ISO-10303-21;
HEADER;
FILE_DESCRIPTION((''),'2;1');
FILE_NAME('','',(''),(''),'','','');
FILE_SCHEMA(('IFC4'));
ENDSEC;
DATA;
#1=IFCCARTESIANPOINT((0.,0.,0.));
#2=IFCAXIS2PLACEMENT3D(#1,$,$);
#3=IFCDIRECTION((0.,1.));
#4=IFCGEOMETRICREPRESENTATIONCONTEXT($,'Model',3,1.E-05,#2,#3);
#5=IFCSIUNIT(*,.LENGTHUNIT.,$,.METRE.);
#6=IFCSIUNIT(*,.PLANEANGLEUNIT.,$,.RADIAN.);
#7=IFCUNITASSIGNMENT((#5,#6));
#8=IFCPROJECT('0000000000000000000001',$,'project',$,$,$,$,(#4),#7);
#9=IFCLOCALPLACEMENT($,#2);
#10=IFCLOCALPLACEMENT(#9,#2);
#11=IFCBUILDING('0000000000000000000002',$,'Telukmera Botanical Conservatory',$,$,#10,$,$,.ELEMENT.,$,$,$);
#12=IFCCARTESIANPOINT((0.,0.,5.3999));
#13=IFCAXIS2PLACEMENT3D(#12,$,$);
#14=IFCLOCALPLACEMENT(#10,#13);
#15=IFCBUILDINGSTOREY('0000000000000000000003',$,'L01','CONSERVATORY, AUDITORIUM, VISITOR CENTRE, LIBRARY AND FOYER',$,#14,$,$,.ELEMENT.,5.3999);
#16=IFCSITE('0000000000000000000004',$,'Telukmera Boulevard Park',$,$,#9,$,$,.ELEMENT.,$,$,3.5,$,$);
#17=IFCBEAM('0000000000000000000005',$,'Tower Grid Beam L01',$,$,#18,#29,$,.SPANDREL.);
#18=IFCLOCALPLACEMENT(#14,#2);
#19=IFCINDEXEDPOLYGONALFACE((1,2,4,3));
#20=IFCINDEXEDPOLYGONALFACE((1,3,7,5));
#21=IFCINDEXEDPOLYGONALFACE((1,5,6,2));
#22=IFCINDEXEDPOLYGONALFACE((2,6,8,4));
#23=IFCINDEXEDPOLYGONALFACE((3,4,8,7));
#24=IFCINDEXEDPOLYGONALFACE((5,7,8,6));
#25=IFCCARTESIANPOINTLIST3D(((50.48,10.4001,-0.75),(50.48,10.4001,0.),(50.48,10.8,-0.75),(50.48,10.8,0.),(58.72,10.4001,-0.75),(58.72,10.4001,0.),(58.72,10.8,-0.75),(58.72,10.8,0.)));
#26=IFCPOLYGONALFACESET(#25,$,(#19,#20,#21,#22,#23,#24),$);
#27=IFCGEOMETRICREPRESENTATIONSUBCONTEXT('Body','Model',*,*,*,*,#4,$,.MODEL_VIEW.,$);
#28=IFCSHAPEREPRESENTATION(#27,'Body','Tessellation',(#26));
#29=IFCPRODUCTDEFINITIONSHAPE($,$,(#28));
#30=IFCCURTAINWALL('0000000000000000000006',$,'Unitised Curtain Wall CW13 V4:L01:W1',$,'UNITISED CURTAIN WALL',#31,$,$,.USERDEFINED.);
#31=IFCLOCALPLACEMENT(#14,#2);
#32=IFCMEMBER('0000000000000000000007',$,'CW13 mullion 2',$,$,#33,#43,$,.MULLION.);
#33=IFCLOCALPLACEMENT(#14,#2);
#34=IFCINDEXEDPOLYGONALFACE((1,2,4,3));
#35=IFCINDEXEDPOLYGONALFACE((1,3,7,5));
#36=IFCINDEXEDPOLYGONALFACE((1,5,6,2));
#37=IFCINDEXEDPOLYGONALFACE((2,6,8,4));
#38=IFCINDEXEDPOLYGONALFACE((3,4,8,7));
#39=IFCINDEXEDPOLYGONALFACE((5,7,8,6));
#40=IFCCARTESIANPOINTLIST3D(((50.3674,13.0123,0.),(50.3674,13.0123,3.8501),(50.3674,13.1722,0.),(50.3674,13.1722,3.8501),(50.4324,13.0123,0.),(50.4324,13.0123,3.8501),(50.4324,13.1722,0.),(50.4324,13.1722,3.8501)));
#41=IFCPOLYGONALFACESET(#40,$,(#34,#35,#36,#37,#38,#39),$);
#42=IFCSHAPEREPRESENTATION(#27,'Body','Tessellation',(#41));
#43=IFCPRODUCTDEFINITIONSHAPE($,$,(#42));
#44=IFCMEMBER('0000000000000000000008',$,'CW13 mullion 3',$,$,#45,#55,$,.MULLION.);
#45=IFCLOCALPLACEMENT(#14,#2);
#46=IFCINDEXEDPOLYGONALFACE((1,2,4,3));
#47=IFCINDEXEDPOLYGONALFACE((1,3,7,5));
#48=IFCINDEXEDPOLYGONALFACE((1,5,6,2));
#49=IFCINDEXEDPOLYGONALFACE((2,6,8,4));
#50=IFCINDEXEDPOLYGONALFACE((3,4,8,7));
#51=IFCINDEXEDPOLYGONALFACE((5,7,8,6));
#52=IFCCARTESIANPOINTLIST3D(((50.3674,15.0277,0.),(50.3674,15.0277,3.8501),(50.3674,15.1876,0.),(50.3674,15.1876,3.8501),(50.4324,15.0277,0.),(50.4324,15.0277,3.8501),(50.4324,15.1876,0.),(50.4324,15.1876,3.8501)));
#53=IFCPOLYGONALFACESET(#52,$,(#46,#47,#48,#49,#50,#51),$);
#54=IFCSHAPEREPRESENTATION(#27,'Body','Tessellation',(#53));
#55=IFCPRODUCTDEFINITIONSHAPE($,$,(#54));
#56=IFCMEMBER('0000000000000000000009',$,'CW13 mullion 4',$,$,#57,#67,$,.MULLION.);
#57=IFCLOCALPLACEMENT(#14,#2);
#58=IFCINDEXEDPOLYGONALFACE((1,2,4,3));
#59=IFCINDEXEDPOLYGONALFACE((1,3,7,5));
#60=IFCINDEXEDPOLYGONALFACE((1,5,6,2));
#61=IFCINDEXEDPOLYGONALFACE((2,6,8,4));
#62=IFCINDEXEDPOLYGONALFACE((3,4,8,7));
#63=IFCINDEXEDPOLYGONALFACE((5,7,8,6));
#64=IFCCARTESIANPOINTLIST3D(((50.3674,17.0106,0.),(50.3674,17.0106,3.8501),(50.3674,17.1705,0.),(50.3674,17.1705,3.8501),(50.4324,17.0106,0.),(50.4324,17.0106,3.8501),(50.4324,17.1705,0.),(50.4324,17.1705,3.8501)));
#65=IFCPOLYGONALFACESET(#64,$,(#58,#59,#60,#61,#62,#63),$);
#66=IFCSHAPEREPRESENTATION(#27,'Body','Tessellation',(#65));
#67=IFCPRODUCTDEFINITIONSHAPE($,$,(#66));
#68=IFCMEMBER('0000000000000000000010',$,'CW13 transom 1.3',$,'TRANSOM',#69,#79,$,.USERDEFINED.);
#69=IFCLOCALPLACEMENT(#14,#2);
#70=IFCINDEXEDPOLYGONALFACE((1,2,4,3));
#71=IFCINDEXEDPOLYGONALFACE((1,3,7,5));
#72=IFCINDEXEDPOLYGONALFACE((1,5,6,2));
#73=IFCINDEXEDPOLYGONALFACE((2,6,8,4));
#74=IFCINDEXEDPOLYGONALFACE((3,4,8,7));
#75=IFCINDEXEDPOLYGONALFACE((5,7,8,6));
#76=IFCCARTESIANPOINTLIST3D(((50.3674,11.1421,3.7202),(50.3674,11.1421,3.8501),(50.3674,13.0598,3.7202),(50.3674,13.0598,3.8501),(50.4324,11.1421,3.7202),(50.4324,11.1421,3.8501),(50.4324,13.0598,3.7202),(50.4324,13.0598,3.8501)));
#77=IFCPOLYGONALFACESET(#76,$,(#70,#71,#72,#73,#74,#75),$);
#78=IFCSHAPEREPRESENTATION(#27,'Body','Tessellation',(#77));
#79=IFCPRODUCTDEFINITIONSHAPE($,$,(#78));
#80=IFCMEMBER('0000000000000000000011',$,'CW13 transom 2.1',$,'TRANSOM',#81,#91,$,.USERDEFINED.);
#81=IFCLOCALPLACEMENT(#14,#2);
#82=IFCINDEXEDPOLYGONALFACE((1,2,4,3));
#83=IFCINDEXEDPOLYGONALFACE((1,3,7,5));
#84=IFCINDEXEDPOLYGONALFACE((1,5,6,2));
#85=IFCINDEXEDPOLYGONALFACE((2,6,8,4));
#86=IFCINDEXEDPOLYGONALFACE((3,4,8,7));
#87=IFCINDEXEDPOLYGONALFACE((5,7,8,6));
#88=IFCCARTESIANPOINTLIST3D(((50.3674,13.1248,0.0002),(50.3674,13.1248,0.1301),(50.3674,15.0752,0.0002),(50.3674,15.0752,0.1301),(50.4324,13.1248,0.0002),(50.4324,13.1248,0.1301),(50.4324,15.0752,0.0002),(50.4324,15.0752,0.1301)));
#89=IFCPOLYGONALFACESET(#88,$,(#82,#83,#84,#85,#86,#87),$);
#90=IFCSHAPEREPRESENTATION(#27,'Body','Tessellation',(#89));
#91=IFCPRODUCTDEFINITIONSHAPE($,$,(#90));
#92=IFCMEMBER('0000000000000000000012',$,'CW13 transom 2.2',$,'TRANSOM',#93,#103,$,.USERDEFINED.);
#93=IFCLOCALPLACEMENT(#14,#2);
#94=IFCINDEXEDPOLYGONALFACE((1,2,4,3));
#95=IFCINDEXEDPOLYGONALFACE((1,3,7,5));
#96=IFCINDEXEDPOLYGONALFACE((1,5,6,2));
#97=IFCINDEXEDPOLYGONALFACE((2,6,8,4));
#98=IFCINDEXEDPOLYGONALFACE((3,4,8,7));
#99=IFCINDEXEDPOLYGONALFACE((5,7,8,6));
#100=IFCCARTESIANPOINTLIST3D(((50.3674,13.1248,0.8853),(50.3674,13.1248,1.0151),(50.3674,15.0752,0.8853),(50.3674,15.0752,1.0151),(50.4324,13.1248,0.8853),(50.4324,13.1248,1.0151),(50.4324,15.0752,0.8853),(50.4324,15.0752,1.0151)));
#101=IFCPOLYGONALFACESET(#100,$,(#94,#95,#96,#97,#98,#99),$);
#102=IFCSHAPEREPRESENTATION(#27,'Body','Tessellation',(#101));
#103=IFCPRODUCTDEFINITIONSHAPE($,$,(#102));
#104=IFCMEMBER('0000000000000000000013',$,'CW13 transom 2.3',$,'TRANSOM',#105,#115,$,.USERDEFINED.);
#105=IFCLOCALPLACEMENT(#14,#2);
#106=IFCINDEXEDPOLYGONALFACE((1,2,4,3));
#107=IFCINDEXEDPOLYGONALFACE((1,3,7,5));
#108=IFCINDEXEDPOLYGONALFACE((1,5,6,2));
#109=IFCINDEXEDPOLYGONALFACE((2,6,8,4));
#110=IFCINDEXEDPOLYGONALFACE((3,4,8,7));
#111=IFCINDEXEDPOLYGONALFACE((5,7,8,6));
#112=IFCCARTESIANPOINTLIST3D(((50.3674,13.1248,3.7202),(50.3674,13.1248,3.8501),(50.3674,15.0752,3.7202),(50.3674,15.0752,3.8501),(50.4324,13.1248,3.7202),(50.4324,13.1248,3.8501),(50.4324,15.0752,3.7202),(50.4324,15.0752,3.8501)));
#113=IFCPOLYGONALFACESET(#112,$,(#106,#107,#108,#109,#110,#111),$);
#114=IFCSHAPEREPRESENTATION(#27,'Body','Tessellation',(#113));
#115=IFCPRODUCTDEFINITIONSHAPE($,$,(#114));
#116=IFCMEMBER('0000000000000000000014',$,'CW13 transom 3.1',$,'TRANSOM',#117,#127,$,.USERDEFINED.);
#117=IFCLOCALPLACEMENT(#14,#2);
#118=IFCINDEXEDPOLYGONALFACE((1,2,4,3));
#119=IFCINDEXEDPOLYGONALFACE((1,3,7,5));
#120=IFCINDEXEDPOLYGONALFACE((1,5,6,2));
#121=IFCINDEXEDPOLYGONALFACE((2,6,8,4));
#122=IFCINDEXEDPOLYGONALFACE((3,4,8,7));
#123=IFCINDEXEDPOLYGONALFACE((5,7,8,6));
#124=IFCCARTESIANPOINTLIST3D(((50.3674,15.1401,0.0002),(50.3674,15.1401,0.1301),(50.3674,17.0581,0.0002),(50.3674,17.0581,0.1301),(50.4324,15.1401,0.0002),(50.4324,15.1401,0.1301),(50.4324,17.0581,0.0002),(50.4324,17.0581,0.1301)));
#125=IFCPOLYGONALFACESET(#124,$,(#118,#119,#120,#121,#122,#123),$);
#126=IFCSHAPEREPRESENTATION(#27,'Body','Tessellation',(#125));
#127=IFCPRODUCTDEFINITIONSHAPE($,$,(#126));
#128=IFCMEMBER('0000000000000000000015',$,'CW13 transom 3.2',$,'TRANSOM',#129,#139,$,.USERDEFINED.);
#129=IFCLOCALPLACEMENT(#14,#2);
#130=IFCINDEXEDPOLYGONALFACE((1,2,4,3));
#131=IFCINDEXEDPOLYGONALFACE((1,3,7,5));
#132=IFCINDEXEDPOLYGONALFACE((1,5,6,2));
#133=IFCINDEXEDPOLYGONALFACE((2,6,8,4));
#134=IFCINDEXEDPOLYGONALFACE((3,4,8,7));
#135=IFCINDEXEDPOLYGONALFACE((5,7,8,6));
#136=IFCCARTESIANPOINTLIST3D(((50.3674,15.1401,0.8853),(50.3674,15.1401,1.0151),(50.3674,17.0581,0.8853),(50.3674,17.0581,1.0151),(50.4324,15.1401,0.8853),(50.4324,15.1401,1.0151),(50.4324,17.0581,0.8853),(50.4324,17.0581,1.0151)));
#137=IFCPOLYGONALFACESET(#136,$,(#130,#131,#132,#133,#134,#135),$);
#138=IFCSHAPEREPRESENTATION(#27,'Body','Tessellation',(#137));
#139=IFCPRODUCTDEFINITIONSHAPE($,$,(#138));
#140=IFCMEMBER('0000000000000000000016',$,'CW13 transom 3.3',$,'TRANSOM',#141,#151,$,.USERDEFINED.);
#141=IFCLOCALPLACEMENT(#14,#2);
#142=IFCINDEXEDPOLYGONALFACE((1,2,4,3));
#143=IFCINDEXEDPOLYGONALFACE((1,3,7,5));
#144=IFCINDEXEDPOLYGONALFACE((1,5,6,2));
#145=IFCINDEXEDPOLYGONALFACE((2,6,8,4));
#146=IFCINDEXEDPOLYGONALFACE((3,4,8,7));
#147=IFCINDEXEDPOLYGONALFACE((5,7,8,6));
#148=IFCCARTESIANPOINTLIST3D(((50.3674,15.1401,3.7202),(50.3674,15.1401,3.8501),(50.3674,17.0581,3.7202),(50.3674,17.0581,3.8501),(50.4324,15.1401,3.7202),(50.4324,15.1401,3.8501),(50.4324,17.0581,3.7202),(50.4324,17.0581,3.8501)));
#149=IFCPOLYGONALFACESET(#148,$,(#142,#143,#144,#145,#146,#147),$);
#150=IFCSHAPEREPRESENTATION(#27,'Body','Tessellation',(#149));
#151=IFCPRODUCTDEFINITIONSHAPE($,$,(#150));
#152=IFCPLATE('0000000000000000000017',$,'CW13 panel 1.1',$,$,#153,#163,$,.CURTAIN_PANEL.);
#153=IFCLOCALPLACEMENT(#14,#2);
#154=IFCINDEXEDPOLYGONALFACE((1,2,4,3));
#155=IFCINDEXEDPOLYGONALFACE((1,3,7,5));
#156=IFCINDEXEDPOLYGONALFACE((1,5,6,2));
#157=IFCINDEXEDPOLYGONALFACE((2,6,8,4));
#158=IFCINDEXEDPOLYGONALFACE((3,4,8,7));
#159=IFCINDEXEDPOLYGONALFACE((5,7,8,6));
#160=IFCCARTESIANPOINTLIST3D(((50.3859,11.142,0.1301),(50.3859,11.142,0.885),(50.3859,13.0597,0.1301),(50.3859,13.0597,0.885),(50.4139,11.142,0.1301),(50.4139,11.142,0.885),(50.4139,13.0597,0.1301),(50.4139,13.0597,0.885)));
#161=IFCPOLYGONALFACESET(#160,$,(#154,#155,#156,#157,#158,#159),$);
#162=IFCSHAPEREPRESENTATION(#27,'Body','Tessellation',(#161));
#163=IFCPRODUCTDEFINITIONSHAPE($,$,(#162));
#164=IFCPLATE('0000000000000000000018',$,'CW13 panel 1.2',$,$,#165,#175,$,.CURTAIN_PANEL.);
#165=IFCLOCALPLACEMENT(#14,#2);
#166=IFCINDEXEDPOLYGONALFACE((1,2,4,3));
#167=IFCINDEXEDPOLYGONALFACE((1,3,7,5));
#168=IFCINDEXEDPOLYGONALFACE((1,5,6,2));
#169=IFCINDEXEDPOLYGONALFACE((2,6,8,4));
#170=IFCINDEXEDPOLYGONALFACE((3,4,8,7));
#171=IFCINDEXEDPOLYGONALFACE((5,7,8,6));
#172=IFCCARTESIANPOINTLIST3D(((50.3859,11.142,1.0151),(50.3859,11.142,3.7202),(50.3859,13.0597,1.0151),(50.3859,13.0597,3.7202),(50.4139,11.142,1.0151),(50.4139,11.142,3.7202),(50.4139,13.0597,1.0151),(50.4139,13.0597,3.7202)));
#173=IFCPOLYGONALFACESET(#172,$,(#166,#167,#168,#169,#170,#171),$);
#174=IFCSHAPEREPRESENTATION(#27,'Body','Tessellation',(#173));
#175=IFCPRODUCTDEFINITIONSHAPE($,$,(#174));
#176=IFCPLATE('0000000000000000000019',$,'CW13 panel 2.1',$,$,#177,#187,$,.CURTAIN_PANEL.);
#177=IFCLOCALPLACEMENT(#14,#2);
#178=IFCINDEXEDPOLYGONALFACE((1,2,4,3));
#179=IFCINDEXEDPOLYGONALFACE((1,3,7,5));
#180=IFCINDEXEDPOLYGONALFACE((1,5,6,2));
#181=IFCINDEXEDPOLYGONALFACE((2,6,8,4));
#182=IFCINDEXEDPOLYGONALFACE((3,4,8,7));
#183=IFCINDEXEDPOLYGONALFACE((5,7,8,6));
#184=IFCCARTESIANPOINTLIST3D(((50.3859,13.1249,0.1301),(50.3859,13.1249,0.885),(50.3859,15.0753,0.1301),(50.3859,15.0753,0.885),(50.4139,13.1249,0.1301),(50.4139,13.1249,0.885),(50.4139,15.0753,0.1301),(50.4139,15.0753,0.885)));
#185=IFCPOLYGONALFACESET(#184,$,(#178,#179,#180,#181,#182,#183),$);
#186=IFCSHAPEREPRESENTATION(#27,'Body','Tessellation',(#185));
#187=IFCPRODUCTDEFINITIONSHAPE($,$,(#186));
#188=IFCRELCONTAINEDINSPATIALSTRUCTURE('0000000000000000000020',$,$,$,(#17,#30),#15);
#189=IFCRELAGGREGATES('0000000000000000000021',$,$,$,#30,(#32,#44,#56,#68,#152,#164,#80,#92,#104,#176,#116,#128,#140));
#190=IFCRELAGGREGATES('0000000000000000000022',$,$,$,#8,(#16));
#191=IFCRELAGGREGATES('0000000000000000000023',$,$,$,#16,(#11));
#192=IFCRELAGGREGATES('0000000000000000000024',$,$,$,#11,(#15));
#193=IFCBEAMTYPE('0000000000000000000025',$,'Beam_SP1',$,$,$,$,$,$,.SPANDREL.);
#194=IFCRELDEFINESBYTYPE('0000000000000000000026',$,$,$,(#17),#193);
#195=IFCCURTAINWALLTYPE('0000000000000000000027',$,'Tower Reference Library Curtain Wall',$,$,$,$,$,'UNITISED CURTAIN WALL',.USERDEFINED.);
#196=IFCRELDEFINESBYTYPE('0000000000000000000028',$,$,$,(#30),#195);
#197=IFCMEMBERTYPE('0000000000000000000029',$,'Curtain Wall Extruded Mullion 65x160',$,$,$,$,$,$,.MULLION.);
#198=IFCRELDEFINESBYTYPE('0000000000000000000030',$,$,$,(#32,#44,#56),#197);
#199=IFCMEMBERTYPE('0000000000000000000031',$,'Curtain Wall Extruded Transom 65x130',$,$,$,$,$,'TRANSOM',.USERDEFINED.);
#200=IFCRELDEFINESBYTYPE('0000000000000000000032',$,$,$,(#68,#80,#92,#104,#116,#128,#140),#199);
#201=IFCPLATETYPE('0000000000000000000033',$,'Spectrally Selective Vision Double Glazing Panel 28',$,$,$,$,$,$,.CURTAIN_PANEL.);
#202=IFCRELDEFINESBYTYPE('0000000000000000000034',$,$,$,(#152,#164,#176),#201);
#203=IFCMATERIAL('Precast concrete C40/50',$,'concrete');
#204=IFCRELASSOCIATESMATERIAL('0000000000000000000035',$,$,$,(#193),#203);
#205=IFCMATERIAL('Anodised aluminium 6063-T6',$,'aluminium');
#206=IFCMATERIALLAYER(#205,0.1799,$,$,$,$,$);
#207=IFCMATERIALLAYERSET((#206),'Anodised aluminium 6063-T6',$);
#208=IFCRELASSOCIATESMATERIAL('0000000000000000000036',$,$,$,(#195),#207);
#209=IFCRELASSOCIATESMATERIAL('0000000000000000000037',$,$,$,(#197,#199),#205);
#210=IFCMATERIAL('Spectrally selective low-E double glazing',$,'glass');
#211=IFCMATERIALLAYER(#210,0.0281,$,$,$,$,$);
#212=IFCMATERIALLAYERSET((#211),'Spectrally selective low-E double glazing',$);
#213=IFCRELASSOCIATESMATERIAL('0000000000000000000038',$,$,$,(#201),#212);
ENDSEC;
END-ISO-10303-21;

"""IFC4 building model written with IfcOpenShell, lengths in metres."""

from ifc_helpers import new_model, si_unit, direction, frame, origin, origin_2d, place, context, subcontext, project, spatial, rectangle, extrude, material, layer, layer_set, material_profile, profile_set, type_object, element, aggregate, save


model = new_model("IFC4")

# Units and contexts
model_context = context("Model", 3, precision=1e-05, world=origin(), true_north=direction((0.0, 1.0)))
body_context = subcontext(model_context, "Body", "Model", "MODEL_VIEW")
ifc_project = project(units=[si_unit("LENGTHUNIT", "METRE"), si_unit("PLANEANGLEUNIT", "RADIAN")], contexts=[model_context])

# Site, building, storey
site_placement = place(None, origin())
site = spatial("IfcSite", under=ifc_project, at=site_placement, Name="Telukmera Boulevard Park", CompositionType="ELEMENT", RefElevation=3.5)
building_placement = place(site_placement, origin())
building = spatial("IfcBuilding", under=site, at=building_placement, Name="Telukmera Botanical Conservatory", CompositionType="ELEMENT")
storey_placement = place(building_placement, frame((0.0, 0.0, 5.3999)))
storey = spatial("IfcBuildingStorey", under=building, at=storey_placement, Name="L01", Description="CONSERVATORY, AUDITORIUM, VISITOR CENTRE, LIBRARY AND FOYER", CompositionType="ELEMENT", Elevation=5.3999)

# Beam
ifc_material_1 = material(Name="Precast concrete C40/50", Category="concrete")
ifc_material_profile_1 = material_profile(ifc_material_1, rectangle(XDim=0.3999, YDim=0.75, at=origin_2d()), Name="PC 400x750")
ifc_profile_set_1 = profile_set([ifc_material_profile_1], Name="Precast concrete C40/50")
beam_type = type_object("IfcBeamType", Name="Beam_SP1", PredefinedType="SPANDREL", material=ifc_profile_set_1)
beam_placement = place(storey_placement, frame((50.48, 10.6001, -0.375), z_axis=(1.0, 0.0, 0.0), x_axis=(0.0, 1.0, 0.0)))
element("IfcBeam", 1, at=beam_placement, inside=storey, type_object=beam_type, Name="Tower Grid Beam L01", PredefinedType="SPANDREL", context=body_context, shape_type="SweptSolid", body=[
    extrude(rectangle(XDim=0.3999, YDim=0.75, at=origin_2d()), origin(), (0.0, 0.0, 1.0), 8.24),
])

# Curtain wall, members, plates
ifc_material_2 = material(Name="Anodised aluminium 6063-T6", Category="aluminium")
ifc_layer_1 = layer(ifc_material_2, 0.1799)
ifc_layer_set_1 = layer_set([ifc_layer_1], Name="Anodised aluminium 6063-T6")
curtain_wall_type = type_object("IfcCurtainWallType", Name="Tower Reference Library Curtain Wall", ElementType="UNITISED CURTAIN WALL", PredefinedType="USERDEFINED", material=ifc_layer_set_1)
curtain_wall_placement = place(storey_placement, origin())
curtain_wall = element("IfcCurtainWall", 2, at=curtain_wall_placement, inside=storey, type_object=curtain_wall_type, Name="Unitised Curtain Wall CW13 V4:L01:W1", ObjectType="UNITISED CURTAIN WALL", PredefinedType="USERDEFINED")
ifc_material_profile_2 = material_profile(ifc_material_2, rectangle(XDim=0.0649, YDim=0.1599, at=origin_2d()), Name="ALU MULL 65x160")
ifc_profile_set_2 = profile_set([ifc_material_profile_2], Name="Anodised aluminium 6063-T6")
member_type_1 = type_object("IfcMemberType", Name="Curtain Wall Extruded Mullion 65x160", PredefinedType="MULLION", material=ifc_profile_set_2)
member_1_placement = place(storey_placement, frame((50.3999, 13.0923, 0.0), z_axis=(0.0, 0.0, 1.0), x_axis=(-1.0, 0.0, 0.0)))
member_1 = element("IfcMember", 3, at=member_1_placement, type_object=member_type_1, Name="CW13 mullion 2", PredefinedType="MULLION", context=body_context, shape_type="SweptSolid", body=[
    extrude(rectangle(XDim=0.0649, YDim=0.1599, at=origin_2d()), origin(), (0.0, 0.0, 1.0), 3.8501),
])
member_2_placement = place(storey_placement, frame((50.3999, 15.1077, 0.0), z_axis=(0.0, 0.0, 1.0), x_axis=(-1.0, 0.0, 0.0)))
member_2 = element("IfcMember", 4, at=member_2_placement, type_object=member_type_1, Name="CW13 mullion 3", PredefinedType="MULLION", context=body_context, shape_type="SweptSolid", body=[
    extrude(rectangle(XDim=0.0649, YDim=0.1599, at=origin_2d()), origin(), (0.0, 0.0, 1.0), 3.8501),
])
member_3_placement = place(storey_placement, frame((50.3999, 17.0906, 0.0), z_axis=(0.0, 0.0, 1.0), x_axis=(-1.0, 0.0, 0.0)))
member_3 = element("IfcMember", 5, at=member_3_placement, type_object=member_type_1, Name="CW13 mullion 4", PredefinedType="MULLION", context=body_context, shape_type="SweptSolid", body=[
    extrude(rectangle(XDim=0.0649, YDim=0.1599, at=origin_2d()), origin(), (0.0, 0.0, 1.0), 3.8501),
])
ifc_material_profile_3 = material_profile(ifc_material_2, rectangle(XDim=0.0649, YDim=0.1299, at=origin_2d()), Name="ALU TRAN 65x130")
ifc_profile_set_3 = profile_set([ifc_material_profile_3], Name="Anodised aluminium 6063-T6")
member_type_2 = type_object("IfcMemberType", Name="Curtain Wall Extruded Transom 65x130", ElementType="TRANSOM", PredefinedType="USERDEFINED", material=ifc_profile_set_3)
member_4_placement = place(storey_placement, frame((50.3999, 11.1421, 3.7852), z_axis=(0.0, 1.0, 0.0), x_axis=(-1.0, 0.0, 0.0)))
member_4 = element("IfcMember", 6, at=member_4_placement, type_object=member_type_2, Name="CW13 transom 1.3", ObjectType="TRANSOM", PredefinedType="USERDEFINED", context=body_context, shape_type="SweptSolid", body=[
    extrude(rectangle(XDim=0.0649, YDim=0.1299, at=origin_2d()), origin(), (0.0, 0.0, 1.0), 1.9177),
])
member_5_placement = place(storey_placement, frame((50.3999, 13.1248, 0.0652), z_axis=(0.0, 1.0, 0.0), x_axis=(-1.0, 0.0, 0.0)))
member_5 = element("IfcMember", 7, at=member_5_placement, type_object=member_type_2, Name="CW13 transom 2.1", ObjectType="TRANSOM", PredefinedType="USERDEFINED", context=body_context, shape_type="SweptSolid", body=[
    extrude(rectangle(XDim=0.0649, YDim=0.1299, at=origin_2d()), origin(), (0.0, 0.0, 1.0), 1.9504),
])
member_6_placement = place(storey_placement, frame((50.3999, 13.1248, 0.9502), z_axis=(0.0, 1.0, 0.0), x_axis=(-1.0, 0.0, 0.0)))
member_6 = element("IfcMember", 8, at=member_6_placement, type_object=member_type_2, Name="CW13 transom 2.2", ObjectType="TRANSOM", PredefinedType="USERDEFINED", context=body_context, shape_type="SweptSolid", body=[
    extrude(rectangle(XDim=0.0649, YDim=0.1299, at=origin_2d()), origin(), (0.0, 0.0, 1.0), 1.9504),
])
member_7_placement = place(storey_placement, frame((50.3999, 13.1248, 3.7852), z_axis=(0.0, 1.0, 0.0), x_axis=(-1.0, 0.0, 0.0)))
member_7 = element("IfcMember", 9, at=member_7_placement, type_object=member_type_2, Name="CW13 transom 2.3", ObjectType="TRANSOM", PredefinedType="USERDEFINED", context=body_context, shape_type="SweptSolid", body=[
    extrude(rectangle(XDim=0.0649, YDim=0.1299, at=origin_2d()), origin(), (0.0, 0.0, 1.0), 1.9504),
])
member_8_placement = place(storey_placement, frame((50.3999, 15.1401, 0.0652), z_axis=(0.0, 1.0, 0.0), x_axis=(-1.0, 0.0, 0.0)))
member_8 = element("IfcMember", 10, at=member_8_placement, type_object=member_type_2, Name="CW13 transom 3.1", ObjectType="TRANSOM", PredefinedType="USERDEFINED", context=body_context, shape_type="SweptSolid", body=[
    extrude(rectangle(XDim=0.0649, YDim=0.1299, at=origin_2d()), origin(), (0.0, 0.0, 1.0), 1.918),
])
member_9_placement = place(storey_placement, frame((50.3999, 15.1401, 0.9502), z_axis=(0.0, 1.0, 0.0), x_axis=(-1.0, 0.0, 0.0)))
member_9 = element("IfcMember", 11, at=member_9_placement, type_object=member_type_2, Name="CW13 transom 3.2", ObjectType="TRANSOM", PredefinedType="USERDEFINED", context=body_context, shape_type="SweptSolid", body=[
    extrude(rectangle(XDim=0.0649, YDim=0.1299, at=origin_2d()), origin(), (0.0, 0.0, 1.0), 1.918),
])
member_10_placement = place(storey_placement, frame((50.3999, 15.1401, 3.7852), z_axis=(0.0, 1.0, 0.0), x_axis=(-1.0, 0.0, 0.0)))
member_10 = element("IfcMember", 12, at=member_10_placement, type_object=member_type_2, Name="CW13 transom 3.3", ObjectType="TRANSOM", PredefinedType="USERDEFINED", context=body_context, shape_type="SweptSolid", body=[
    extrude(rectangle(XDim=0.0649, YDim=0.1299, at=origin_2d()), origin(), (0.0, 0.0, 1.0), 1.918),
])
ifc_material_3 = material(Name="Spectrally selective low-E double glazing", Category="glass")
ifc_layer_2 = layer(ifc_material_3, 0.0281)
ifc_layer_set_2 = layer_set([ifc_layer_2], Name="Spectrally selective low-E double glazing")
plate_type = type_object("IfcPlateType", Name="Spectrally Selective Vision Double Glazing Panel 28", PredefinedType="CURTAIN_PANEL", material=ifc_layer_set_2)
plate_1_placement = place(storey_placement, frame((50.3999, 12.1008, 0.1301), z_axis=(0.0, 0.0, 1.0), x_axis=(0.0, 1.0, 0.0)))
plate_1 = element("IfcPlate", 13, at=plate_1_placement, type_object=plate_type, Name="CW13 panel 1.1", PredefinedType="CURTAIN_PANEL", context=body_context, shape_type="SweptSolid", body=[
    extrude(rectangle(XDim=1.9177, YDim=0.0281, at=origin_2d()), origin(), (0.0, 0.0, 1.0), 0.7549),
])
plate_2_placement = place(storey_placement, frame((50.3999, 12.1008, 1.0151), z_axis=(0.0, 0.0, 1.0), x_axis=(0.0, 1.0, 0.0)))
plate_2 = element("IfcPlate", 14, at=plate_2_placement, type_object=plate_type, Name="CW13 panel 1.2", PredefinedType="CURTAIN_PANEL", context=body_context, shape_type="SweptSolid", body=[
    extrude(rectangle(XDim=1.9177, YDim=0.0281, at=origin_2d()), origin(), (0.0, 0.0, 1.0), 2.7051),
])
plate_3_placement = place(storey_placement, frame((50.3999, 14.1001, 0.1301), z_axis=(0.0, 0.0, 1.0), x_axis=(0.0, 1.0, 0.0)))
plate_3 = element("IfcPlate", 15, at=plate_3_placement, type_object=plate_type, Name="CW13 panel 2.1", PredefinedType="CURTAIN_PANEL", context=body_context, shape_type="SweptSolid", body=[
    extrude(rectangle(XDim=1.9504, YDim=0.0281, at=origin_2d()), origin(), (0.0, 0.0, 1.0), 0.7549),
])
aggregate(curtain_wall, [member_1, member_2, member_3, member_4, plate_1, plate_2, member_5, member_6, member_7, plate_3, member_8, member_9, member_10])

save(model, "model.ifc")
